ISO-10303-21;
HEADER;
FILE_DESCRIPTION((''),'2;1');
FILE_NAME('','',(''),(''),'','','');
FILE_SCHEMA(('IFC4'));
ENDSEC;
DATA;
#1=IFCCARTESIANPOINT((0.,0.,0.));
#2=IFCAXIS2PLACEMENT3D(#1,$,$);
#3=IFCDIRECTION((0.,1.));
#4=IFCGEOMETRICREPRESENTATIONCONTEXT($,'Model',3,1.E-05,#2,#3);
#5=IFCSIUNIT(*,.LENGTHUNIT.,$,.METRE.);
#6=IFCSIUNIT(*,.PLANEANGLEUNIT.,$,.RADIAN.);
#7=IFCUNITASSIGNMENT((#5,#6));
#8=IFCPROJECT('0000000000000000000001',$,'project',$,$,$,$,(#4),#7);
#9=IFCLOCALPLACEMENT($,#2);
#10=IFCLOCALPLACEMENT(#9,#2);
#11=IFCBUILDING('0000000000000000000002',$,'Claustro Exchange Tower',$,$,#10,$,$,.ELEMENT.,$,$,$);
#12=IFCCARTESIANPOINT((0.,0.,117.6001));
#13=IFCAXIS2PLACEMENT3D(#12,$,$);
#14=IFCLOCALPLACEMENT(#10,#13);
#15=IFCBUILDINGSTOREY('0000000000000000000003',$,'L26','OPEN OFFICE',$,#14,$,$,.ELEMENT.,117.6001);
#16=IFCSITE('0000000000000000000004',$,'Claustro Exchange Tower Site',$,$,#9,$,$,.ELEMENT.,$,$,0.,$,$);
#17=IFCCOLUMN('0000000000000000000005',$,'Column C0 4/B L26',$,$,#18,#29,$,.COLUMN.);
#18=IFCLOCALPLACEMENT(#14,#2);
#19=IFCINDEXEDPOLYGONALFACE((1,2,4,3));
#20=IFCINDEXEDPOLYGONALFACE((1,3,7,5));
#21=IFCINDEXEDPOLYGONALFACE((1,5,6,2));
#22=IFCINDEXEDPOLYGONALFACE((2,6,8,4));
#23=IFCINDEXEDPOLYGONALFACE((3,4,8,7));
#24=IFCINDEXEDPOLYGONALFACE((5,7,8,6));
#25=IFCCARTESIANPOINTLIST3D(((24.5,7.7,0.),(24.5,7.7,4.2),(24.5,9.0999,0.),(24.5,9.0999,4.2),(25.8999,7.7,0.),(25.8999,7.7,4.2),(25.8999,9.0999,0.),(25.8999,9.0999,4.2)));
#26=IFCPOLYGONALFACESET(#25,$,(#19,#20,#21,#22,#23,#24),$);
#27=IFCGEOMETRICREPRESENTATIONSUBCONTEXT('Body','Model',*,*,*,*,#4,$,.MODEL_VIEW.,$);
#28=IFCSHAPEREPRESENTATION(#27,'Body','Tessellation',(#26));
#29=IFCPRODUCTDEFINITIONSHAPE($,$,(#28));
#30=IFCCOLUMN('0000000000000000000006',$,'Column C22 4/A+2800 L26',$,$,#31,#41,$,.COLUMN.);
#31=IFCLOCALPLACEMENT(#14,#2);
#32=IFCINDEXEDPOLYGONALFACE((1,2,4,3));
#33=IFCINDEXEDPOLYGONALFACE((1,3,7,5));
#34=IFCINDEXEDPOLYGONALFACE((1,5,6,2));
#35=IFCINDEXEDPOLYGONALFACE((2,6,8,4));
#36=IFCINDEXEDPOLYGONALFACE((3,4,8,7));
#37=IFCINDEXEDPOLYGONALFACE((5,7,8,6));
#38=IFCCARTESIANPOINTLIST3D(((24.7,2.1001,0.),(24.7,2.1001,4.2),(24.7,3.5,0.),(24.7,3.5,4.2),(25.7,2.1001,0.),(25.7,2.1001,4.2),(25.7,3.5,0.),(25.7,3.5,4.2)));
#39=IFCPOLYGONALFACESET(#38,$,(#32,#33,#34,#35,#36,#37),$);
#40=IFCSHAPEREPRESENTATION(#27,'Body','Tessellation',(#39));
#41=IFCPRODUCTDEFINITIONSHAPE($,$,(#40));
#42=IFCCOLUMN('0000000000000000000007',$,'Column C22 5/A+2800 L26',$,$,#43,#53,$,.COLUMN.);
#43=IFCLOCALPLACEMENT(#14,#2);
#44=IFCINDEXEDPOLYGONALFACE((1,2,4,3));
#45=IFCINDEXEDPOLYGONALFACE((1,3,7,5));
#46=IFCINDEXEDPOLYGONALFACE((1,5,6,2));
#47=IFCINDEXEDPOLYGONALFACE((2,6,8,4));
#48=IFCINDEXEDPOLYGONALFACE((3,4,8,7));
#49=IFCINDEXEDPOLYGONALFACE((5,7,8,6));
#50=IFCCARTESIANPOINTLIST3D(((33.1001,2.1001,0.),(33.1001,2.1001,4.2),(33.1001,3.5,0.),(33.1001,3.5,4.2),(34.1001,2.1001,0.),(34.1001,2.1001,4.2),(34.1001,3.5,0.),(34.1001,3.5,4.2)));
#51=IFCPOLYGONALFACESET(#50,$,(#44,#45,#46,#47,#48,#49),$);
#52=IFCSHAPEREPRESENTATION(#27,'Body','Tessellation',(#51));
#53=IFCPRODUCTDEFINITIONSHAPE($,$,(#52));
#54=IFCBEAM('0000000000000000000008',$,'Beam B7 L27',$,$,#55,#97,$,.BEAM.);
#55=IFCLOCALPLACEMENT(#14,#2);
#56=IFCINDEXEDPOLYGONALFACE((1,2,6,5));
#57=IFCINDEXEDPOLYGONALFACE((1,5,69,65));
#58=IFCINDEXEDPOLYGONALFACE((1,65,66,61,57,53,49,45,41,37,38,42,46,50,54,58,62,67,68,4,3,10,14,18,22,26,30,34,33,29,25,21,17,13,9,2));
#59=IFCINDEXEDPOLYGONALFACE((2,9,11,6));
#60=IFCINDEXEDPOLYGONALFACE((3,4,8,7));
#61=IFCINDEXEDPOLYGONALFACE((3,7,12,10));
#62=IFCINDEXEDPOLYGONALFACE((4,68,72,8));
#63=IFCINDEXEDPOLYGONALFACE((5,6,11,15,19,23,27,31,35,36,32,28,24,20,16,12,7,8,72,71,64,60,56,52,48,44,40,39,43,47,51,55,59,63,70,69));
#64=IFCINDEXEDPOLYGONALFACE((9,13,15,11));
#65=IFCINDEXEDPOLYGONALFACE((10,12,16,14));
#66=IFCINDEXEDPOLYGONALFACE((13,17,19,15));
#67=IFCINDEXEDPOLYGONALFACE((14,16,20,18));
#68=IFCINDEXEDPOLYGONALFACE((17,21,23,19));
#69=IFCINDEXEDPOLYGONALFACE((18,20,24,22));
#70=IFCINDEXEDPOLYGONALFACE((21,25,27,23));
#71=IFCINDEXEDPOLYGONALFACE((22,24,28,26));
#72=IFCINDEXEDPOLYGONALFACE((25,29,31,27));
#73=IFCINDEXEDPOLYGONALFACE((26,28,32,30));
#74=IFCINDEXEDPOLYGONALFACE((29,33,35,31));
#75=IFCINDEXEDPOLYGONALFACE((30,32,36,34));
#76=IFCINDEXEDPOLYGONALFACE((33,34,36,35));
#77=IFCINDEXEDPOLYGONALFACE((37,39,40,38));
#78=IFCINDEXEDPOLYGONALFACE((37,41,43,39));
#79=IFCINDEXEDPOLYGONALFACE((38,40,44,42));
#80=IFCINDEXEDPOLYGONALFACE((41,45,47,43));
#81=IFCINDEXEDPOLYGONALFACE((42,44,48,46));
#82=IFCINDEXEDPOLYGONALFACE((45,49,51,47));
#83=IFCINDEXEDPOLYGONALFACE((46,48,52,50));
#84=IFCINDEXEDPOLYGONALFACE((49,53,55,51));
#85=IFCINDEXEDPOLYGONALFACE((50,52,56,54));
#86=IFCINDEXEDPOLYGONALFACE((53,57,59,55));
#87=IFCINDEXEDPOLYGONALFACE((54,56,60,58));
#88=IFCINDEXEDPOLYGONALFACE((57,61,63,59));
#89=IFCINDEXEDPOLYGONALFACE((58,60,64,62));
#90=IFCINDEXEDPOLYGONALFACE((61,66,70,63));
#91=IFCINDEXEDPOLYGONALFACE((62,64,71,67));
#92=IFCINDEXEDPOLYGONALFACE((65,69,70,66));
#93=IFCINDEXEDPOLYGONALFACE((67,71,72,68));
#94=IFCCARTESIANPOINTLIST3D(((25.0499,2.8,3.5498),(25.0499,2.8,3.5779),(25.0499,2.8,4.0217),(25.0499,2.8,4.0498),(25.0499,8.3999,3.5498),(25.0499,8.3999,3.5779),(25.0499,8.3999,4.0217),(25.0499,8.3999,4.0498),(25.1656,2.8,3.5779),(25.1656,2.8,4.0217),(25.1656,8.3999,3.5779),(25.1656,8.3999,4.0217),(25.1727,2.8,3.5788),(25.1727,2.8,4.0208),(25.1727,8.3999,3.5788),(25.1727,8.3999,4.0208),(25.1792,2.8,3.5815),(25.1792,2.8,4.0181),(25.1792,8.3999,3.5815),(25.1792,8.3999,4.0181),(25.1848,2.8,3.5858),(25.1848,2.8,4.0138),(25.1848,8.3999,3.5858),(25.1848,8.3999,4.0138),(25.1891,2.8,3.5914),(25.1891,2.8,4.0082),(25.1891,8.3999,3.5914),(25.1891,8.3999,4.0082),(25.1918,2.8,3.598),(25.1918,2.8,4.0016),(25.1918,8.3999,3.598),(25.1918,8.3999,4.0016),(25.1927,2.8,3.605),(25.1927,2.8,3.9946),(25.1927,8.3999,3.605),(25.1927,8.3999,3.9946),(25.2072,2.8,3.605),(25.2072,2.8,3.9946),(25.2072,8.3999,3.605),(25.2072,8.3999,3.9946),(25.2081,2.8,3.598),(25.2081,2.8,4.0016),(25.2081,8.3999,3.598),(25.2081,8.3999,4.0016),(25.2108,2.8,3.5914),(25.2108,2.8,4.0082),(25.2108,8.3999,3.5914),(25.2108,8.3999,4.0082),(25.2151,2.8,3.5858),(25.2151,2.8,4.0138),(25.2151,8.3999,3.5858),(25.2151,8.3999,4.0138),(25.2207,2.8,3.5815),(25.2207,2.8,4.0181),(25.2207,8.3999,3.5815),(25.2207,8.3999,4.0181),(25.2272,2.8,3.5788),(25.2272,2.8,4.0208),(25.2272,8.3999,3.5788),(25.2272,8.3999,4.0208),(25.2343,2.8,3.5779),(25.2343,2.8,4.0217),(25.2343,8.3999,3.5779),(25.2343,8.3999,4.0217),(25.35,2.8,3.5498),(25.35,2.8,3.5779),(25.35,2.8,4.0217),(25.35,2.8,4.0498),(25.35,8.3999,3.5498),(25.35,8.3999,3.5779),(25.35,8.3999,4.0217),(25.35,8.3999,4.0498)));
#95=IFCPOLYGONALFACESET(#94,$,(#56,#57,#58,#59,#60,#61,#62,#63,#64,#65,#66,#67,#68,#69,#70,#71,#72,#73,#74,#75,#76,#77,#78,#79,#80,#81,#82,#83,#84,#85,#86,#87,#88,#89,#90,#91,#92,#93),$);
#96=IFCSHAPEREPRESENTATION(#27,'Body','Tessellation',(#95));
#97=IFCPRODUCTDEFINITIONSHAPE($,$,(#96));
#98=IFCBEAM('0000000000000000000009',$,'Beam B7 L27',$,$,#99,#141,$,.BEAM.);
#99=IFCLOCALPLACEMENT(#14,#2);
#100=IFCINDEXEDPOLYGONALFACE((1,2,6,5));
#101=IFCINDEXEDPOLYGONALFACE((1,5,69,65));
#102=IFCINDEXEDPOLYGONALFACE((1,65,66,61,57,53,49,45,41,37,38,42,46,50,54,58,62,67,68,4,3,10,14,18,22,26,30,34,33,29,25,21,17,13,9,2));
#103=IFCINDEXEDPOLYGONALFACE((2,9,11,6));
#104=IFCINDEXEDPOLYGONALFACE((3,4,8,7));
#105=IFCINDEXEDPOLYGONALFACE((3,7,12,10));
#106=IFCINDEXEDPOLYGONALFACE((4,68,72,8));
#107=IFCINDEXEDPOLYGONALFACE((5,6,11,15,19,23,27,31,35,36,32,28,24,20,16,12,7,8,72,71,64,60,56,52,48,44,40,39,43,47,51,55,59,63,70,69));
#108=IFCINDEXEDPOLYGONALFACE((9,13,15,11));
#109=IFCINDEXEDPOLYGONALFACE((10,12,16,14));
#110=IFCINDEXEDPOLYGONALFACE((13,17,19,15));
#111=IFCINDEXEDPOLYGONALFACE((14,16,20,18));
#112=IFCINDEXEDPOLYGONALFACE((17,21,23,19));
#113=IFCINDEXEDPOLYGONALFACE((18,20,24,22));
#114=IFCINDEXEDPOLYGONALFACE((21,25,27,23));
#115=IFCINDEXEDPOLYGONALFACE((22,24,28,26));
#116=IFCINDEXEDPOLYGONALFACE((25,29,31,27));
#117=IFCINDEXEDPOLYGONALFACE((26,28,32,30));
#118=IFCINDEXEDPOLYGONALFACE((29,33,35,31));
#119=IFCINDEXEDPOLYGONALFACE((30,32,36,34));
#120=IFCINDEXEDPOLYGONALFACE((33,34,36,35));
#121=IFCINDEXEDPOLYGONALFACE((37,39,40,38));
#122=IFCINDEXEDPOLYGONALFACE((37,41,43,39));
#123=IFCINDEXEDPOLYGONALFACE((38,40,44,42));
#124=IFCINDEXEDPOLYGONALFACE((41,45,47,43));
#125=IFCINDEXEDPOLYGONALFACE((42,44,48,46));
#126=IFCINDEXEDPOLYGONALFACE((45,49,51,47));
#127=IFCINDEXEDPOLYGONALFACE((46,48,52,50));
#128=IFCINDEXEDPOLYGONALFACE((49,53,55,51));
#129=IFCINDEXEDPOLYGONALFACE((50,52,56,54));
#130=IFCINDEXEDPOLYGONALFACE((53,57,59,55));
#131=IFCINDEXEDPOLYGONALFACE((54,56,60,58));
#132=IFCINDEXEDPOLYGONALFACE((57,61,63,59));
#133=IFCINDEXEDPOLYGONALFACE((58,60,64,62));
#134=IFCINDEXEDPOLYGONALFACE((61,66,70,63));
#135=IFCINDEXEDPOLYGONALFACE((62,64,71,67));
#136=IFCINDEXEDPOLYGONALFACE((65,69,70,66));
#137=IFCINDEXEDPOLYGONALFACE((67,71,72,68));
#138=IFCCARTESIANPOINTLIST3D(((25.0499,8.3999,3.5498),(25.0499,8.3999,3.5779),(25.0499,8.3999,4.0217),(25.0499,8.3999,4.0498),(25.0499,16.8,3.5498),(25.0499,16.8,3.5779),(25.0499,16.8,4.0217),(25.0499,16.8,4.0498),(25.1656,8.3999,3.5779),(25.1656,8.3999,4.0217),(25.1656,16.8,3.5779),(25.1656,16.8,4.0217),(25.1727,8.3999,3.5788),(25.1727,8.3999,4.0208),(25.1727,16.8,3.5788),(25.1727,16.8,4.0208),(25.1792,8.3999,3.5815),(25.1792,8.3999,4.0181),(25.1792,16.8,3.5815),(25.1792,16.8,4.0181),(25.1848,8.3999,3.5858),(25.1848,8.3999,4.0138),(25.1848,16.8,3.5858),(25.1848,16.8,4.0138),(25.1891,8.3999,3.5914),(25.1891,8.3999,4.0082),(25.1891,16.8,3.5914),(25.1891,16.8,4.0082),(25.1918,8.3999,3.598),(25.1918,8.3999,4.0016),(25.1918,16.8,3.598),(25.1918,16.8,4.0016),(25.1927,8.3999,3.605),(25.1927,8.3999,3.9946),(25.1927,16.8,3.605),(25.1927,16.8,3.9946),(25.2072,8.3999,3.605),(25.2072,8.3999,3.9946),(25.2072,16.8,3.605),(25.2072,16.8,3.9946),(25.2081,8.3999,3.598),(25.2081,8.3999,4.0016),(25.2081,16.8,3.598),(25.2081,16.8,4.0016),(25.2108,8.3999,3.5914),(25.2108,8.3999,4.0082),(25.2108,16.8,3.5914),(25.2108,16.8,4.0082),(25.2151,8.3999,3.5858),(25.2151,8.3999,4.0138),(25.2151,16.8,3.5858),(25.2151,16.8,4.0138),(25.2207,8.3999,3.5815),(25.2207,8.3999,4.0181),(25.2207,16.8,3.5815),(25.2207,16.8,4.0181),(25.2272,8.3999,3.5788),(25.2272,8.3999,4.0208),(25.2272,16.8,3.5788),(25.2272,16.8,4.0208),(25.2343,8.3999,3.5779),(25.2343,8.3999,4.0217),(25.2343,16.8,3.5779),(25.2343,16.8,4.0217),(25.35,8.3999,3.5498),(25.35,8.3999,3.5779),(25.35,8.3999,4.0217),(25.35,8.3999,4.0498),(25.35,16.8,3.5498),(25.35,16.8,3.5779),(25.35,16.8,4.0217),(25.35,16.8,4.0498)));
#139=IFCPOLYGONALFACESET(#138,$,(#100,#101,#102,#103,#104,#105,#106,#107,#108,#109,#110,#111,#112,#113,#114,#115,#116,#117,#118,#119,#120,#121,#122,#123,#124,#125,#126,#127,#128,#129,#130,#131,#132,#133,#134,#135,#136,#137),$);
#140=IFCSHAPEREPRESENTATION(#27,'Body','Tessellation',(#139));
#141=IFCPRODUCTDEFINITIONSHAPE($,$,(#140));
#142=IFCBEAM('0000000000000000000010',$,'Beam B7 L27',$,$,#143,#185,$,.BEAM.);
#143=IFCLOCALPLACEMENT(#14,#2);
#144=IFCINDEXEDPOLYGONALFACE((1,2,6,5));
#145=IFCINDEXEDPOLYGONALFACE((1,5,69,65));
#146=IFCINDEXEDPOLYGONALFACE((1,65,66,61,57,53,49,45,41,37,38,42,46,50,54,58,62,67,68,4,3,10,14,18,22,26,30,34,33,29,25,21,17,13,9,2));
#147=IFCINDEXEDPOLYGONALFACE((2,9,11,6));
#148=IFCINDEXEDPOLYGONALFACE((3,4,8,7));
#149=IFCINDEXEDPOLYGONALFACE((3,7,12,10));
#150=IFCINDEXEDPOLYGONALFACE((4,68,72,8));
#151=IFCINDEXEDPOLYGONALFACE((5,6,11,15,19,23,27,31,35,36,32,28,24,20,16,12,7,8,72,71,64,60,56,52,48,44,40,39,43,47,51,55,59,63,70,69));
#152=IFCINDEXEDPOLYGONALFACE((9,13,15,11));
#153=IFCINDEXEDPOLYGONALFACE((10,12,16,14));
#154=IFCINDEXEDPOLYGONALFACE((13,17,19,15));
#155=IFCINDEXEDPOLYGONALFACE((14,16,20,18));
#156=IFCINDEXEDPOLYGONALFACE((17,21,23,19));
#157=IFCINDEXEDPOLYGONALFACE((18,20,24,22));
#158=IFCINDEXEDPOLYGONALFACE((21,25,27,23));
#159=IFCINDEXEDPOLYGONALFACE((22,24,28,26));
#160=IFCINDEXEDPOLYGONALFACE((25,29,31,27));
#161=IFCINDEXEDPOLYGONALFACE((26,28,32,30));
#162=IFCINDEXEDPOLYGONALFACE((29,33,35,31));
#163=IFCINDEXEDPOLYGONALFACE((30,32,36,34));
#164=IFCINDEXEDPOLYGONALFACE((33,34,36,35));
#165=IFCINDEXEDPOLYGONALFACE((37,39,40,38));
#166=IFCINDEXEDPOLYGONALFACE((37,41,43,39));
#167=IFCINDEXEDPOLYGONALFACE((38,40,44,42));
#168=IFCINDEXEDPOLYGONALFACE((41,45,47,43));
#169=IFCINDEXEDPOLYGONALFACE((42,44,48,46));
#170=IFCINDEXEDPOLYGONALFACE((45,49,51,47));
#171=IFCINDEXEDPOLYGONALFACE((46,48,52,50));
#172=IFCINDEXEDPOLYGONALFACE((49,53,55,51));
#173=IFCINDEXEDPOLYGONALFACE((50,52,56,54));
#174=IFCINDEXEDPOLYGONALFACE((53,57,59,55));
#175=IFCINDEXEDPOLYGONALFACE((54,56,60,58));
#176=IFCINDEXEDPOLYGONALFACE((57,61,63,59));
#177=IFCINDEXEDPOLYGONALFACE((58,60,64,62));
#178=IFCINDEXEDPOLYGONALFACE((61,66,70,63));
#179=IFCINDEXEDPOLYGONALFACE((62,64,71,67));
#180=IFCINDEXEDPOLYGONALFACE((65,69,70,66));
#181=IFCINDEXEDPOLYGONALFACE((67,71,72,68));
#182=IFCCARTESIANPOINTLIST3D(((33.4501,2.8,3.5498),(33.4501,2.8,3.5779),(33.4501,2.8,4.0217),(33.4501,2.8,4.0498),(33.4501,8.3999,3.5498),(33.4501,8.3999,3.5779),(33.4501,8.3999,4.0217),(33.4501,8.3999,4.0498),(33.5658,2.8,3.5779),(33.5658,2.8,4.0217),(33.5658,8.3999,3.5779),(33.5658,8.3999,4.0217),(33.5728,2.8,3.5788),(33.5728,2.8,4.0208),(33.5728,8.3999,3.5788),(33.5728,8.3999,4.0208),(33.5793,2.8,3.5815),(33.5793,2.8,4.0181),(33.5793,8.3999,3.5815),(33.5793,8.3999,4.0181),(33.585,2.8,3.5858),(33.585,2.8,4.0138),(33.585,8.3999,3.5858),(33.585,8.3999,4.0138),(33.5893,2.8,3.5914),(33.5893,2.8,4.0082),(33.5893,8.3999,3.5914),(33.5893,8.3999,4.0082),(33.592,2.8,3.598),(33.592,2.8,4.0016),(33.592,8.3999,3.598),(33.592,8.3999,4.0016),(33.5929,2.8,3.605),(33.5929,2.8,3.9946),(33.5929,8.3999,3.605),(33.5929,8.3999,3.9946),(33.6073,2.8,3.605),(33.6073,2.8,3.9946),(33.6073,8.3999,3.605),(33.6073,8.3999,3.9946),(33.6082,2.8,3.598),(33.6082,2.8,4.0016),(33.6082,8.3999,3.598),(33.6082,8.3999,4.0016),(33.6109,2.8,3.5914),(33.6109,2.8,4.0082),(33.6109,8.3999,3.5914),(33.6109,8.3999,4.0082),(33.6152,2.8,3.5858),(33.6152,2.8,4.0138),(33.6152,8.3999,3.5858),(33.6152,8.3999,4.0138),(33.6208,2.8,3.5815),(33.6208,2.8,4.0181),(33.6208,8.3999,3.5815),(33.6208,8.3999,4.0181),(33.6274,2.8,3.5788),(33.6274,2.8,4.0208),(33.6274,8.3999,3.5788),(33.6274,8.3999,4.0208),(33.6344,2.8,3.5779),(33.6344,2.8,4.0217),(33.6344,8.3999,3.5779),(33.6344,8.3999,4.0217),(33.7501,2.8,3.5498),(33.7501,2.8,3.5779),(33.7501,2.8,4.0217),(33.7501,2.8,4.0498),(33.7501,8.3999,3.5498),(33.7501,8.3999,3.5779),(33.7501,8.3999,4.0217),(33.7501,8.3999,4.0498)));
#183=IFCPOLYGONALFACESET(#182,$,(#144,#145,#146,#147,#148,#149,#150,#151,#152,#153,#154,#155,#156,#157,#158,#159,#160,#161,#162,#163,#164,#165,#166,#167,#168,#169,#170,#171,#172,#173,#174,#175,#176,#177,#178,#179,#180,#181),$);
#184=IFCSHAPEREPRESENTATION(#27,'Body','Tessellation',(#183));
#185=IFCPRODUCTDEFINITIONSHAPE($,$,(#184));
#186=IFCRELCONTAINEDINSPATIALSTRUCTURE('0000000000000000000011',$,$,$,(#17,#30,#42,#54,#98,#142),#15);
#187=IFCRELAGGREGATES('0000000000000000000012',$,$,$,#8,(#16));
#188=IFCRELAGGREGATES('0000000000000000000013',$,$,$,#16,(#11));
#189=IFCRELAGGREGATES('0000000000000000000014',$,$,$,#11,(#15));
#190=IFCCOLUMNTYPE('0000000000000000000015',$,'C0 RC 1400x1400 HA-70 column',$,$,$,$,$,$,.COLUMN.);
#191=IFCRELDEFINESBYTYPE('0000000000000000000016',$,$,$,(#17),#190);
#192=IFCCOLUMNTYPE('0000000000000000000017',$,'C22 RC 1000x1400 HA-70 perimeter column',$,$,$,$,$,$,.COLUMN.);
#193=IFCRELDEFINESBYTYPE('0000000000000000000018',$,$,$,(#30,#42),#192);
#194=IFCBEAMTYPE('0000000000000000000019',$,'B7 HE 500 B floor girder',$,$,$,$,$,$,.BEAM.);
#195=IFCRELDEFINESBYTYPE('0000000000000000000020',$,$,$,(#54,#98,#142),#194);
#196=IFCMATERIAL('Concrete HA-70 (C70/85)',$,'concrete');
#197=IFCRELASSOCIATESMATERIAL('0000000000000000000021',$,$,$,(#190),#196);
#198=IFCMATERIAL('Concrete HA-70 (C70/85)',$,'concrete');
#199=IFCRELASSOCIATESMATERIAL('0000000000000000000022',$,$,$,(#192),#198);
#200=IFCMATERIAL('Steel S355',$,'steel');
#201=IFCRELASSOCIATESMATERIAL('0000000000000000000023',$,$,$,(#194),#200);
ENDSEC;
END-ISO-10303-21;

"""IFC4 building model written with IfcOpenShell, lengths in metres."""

from ifc_helpers import new_model, si_unit, direction, frame, origin, origin_2d, place, context, subcontext, project, spatial, rectangle, i_section, extrude, material, material_profile, profile_set, type_object, element, save


model = new_model("IFC4")

# Units and contexts
model_context = context("Model", 3, precision=1e-05, world=origin(), true_north=direction((0.0, 1.0)))
body_context = subcontext(model_context, "Body", "Model", "MODEL_VIEW")
ifc_project = project(units=[si_unit("LENGTHUNIT", "METRE"), si_unit("PLANEANGLEUNIT", "RADIAN")], contexts=[model_context])

# Site, building, storey
site_placement = place(None, origin())
site = spatial("IfcSite", under=ifc_project, at=site_placement, Name="Claustro Exchange Tower Site", CompositionType="ELEMENT", RefElevation=0.0)
building_placement = place(site_placement, origin())
building = spatial("IfcBuilding", under=site, at=building_placement, Name="Claustro Exchange Tower", CompositionType="ELEMENT")
storey_placement = place(building_placement, frame((0.0, 0.0, 117.6001)))
storey = spatial("IfcBuildingStorey", under=building, at=storey_placement, Name="L26", Description="OPEN OFFICE", CompositionType="ELEMENT", Elevation=117.6001)

# Columns
ifc_material_1 = material(Name="Concrete HA-70 (C70/85)", Category="concrete")
ifc_material_profile_1 = material_profile(ifc_material_1, rectangle(XDim=1.3999, YDim=1.3999, at=origin_2d()), Name="RC 1400x1400")
ifc_profile_set_1 = profile_set([ifc_material_profile_1], Name="Concrete HA-70 (C70/85)")
column_type_1 = type_object("IfcColumnType", Name="C0 RC 1400x1400 HA-70 column", PredefinedType="COLUMN", material=ifc_profile_set_1)
column_placement = place(storey_placement, frame((25.2, 8.3999, 0.0), z_axis=(0.0, 0.0, 1.0), x_axis=(1.0, 0.0, 0.0)))
element("IfcColumn", 1, at=column_placement, inside=storey, type_object=column_type_1, Name="Column C0 4/B L26", PredefinedType="COLUMN", context=body_context, shape_type="SweptSolid", body=[
    extrude(rectangle(XDim=1.3999, YDim=1.3999, at=origin_2d()), origin(), (0.0, 0.0, 1.0), 4.2),
])
ifc_material_2 = material(Name="Concrete HA-70 (C70/85)", Category="concrete")
ifc_material_profile_2 = material_profile(ifc_material_2, rectangle(XDim=1.0, YDim=1.3999, at=origin_2d()), Name="RC 1000x1400")
ifc_profile_set_2 = profile_set([ifc_material_profile_2], Name="Concrete HA-70 (C70/85)")
column_type_2 = type_object("IfcColumnType", Name="C22 RC 1000x1400 HA-70 perimeter column", PredefinedType="COLUMN", material=ifc_profile_set_2)
for number, where, z_axis, x_axis, name in (
    (2, (25.2, 2.8, 0.0), (0.0, 0.0, 1.0), (1.0, 0.0, 0.0), "Column C22 4/A+2800 L26"),
    (3, (33.6001, 2.8, 0.0), (0.0, 0.0, 1.0), (1.0, 0.0, 0.0), "Column C22 5/A+2800 L26"),
):
    element("IfcColumn", number, at=place(storey_placement, frame(where, z_axis=z_axis, x_axis=x_axis)), inside=storey, type_object=column_type_2, Name=name, PredefinedType="COLUMN", context=body_context, shape_type="SweptSolid", body=[
        extrude(rectangle(XDim=1.0, YDim=1.3999, at=origin_2d()), origin(), (0.0, 0.0, 1.0), 4.2),
    ])

# Beams
ifc_material_3 = material(Name="Steel S355", Category="steel")
ifc_material_profile_3 = material_profile(ifc_material_3, i_section(OverallWidth=0.3, OverallDepth=0.5, WebThickness=0.0144, FlangeThickness=0.0281, FilletRadius=0.0271, at=origin_2d()), Name="HE 500 B")
ifc_profile_set_3 = profile_set([ifc_material_profile_3], Name="Steel S355")
beam_type_1 = type_object("IfcBeamType", Name="B7 HE 500 B floor girder", PredefinedType="BEAM", material=ifc_profile_set_3)
beam_1_placement = place(storey_placement, frame((25.2, 2.8, 3.7998), z_axis=(0.0, 1.0, 0.0), x_axis=(-1.0, 0.0, 0.0)))
element("IfcBeam", 4, at=beam_1_placement, inside=storey, type_object=beam_type_1, Name="Beam B7 L27", PredefinedType="BEAM", context=body_context, shape_type="SweptSolid", body=[
    extrude(i_section(OverallWidth=0.3, OverallDepth=0.5, WebThickness=0.0144, FlangeThickness=0.0281, FilletRadius=0.0271, at=origin_2d()), origin(), (0.0, 0.0, 1.0), 5.5999),
])
beam_2_placement = place(storey_placement, frame((25.2, 8.3999, 3.7998), z_axis=(0.0, 1.0, 0.0), x_axis=(-1.0, 0.0, 0.0)))
element("IfcBeam", 5, at=beam_2_placement, inside=storey, type_object=beam_type_1, Name="Beam B7 L27", PredefinedType="BEAM", context=body_context, shape_type="SweptSolid", body=[
    extrude(i_section(OverallWidth=0.3, OverallDepth=0.5, WebThickness=0.0144, FlangeThickness=0.0281, FilletRadius=0.0271, at=origin_2d()), origin(), (0.0, 0.0, 1.0), 8.4001),
])
beam_3_placement = place(storey_placement, frame((33.6001, 2.8, 3.7998), z_axis=(0.0, 1.0, 0.0), x_axis=(-1.0, 0.0, 0.0)))
element("IfcBeam", 6, at=beam_3_placement, inside=storey, type_object=beam_type_1, Name="Beam B7 L27", PredefinedType="BEAM", context=body_context, shape_type="SweptSolid", body=[
    extrude(i_section(OverallWidth=0.3, OverallDepth=0.5, WebThickness=0.0144, FlangeThickness=0.0281, FilletRadius=0.0271, at=origin_2d()), origin(), (0.0, 0.0, 1.0), 5.5999),
])

save(model, "model.ifc")
